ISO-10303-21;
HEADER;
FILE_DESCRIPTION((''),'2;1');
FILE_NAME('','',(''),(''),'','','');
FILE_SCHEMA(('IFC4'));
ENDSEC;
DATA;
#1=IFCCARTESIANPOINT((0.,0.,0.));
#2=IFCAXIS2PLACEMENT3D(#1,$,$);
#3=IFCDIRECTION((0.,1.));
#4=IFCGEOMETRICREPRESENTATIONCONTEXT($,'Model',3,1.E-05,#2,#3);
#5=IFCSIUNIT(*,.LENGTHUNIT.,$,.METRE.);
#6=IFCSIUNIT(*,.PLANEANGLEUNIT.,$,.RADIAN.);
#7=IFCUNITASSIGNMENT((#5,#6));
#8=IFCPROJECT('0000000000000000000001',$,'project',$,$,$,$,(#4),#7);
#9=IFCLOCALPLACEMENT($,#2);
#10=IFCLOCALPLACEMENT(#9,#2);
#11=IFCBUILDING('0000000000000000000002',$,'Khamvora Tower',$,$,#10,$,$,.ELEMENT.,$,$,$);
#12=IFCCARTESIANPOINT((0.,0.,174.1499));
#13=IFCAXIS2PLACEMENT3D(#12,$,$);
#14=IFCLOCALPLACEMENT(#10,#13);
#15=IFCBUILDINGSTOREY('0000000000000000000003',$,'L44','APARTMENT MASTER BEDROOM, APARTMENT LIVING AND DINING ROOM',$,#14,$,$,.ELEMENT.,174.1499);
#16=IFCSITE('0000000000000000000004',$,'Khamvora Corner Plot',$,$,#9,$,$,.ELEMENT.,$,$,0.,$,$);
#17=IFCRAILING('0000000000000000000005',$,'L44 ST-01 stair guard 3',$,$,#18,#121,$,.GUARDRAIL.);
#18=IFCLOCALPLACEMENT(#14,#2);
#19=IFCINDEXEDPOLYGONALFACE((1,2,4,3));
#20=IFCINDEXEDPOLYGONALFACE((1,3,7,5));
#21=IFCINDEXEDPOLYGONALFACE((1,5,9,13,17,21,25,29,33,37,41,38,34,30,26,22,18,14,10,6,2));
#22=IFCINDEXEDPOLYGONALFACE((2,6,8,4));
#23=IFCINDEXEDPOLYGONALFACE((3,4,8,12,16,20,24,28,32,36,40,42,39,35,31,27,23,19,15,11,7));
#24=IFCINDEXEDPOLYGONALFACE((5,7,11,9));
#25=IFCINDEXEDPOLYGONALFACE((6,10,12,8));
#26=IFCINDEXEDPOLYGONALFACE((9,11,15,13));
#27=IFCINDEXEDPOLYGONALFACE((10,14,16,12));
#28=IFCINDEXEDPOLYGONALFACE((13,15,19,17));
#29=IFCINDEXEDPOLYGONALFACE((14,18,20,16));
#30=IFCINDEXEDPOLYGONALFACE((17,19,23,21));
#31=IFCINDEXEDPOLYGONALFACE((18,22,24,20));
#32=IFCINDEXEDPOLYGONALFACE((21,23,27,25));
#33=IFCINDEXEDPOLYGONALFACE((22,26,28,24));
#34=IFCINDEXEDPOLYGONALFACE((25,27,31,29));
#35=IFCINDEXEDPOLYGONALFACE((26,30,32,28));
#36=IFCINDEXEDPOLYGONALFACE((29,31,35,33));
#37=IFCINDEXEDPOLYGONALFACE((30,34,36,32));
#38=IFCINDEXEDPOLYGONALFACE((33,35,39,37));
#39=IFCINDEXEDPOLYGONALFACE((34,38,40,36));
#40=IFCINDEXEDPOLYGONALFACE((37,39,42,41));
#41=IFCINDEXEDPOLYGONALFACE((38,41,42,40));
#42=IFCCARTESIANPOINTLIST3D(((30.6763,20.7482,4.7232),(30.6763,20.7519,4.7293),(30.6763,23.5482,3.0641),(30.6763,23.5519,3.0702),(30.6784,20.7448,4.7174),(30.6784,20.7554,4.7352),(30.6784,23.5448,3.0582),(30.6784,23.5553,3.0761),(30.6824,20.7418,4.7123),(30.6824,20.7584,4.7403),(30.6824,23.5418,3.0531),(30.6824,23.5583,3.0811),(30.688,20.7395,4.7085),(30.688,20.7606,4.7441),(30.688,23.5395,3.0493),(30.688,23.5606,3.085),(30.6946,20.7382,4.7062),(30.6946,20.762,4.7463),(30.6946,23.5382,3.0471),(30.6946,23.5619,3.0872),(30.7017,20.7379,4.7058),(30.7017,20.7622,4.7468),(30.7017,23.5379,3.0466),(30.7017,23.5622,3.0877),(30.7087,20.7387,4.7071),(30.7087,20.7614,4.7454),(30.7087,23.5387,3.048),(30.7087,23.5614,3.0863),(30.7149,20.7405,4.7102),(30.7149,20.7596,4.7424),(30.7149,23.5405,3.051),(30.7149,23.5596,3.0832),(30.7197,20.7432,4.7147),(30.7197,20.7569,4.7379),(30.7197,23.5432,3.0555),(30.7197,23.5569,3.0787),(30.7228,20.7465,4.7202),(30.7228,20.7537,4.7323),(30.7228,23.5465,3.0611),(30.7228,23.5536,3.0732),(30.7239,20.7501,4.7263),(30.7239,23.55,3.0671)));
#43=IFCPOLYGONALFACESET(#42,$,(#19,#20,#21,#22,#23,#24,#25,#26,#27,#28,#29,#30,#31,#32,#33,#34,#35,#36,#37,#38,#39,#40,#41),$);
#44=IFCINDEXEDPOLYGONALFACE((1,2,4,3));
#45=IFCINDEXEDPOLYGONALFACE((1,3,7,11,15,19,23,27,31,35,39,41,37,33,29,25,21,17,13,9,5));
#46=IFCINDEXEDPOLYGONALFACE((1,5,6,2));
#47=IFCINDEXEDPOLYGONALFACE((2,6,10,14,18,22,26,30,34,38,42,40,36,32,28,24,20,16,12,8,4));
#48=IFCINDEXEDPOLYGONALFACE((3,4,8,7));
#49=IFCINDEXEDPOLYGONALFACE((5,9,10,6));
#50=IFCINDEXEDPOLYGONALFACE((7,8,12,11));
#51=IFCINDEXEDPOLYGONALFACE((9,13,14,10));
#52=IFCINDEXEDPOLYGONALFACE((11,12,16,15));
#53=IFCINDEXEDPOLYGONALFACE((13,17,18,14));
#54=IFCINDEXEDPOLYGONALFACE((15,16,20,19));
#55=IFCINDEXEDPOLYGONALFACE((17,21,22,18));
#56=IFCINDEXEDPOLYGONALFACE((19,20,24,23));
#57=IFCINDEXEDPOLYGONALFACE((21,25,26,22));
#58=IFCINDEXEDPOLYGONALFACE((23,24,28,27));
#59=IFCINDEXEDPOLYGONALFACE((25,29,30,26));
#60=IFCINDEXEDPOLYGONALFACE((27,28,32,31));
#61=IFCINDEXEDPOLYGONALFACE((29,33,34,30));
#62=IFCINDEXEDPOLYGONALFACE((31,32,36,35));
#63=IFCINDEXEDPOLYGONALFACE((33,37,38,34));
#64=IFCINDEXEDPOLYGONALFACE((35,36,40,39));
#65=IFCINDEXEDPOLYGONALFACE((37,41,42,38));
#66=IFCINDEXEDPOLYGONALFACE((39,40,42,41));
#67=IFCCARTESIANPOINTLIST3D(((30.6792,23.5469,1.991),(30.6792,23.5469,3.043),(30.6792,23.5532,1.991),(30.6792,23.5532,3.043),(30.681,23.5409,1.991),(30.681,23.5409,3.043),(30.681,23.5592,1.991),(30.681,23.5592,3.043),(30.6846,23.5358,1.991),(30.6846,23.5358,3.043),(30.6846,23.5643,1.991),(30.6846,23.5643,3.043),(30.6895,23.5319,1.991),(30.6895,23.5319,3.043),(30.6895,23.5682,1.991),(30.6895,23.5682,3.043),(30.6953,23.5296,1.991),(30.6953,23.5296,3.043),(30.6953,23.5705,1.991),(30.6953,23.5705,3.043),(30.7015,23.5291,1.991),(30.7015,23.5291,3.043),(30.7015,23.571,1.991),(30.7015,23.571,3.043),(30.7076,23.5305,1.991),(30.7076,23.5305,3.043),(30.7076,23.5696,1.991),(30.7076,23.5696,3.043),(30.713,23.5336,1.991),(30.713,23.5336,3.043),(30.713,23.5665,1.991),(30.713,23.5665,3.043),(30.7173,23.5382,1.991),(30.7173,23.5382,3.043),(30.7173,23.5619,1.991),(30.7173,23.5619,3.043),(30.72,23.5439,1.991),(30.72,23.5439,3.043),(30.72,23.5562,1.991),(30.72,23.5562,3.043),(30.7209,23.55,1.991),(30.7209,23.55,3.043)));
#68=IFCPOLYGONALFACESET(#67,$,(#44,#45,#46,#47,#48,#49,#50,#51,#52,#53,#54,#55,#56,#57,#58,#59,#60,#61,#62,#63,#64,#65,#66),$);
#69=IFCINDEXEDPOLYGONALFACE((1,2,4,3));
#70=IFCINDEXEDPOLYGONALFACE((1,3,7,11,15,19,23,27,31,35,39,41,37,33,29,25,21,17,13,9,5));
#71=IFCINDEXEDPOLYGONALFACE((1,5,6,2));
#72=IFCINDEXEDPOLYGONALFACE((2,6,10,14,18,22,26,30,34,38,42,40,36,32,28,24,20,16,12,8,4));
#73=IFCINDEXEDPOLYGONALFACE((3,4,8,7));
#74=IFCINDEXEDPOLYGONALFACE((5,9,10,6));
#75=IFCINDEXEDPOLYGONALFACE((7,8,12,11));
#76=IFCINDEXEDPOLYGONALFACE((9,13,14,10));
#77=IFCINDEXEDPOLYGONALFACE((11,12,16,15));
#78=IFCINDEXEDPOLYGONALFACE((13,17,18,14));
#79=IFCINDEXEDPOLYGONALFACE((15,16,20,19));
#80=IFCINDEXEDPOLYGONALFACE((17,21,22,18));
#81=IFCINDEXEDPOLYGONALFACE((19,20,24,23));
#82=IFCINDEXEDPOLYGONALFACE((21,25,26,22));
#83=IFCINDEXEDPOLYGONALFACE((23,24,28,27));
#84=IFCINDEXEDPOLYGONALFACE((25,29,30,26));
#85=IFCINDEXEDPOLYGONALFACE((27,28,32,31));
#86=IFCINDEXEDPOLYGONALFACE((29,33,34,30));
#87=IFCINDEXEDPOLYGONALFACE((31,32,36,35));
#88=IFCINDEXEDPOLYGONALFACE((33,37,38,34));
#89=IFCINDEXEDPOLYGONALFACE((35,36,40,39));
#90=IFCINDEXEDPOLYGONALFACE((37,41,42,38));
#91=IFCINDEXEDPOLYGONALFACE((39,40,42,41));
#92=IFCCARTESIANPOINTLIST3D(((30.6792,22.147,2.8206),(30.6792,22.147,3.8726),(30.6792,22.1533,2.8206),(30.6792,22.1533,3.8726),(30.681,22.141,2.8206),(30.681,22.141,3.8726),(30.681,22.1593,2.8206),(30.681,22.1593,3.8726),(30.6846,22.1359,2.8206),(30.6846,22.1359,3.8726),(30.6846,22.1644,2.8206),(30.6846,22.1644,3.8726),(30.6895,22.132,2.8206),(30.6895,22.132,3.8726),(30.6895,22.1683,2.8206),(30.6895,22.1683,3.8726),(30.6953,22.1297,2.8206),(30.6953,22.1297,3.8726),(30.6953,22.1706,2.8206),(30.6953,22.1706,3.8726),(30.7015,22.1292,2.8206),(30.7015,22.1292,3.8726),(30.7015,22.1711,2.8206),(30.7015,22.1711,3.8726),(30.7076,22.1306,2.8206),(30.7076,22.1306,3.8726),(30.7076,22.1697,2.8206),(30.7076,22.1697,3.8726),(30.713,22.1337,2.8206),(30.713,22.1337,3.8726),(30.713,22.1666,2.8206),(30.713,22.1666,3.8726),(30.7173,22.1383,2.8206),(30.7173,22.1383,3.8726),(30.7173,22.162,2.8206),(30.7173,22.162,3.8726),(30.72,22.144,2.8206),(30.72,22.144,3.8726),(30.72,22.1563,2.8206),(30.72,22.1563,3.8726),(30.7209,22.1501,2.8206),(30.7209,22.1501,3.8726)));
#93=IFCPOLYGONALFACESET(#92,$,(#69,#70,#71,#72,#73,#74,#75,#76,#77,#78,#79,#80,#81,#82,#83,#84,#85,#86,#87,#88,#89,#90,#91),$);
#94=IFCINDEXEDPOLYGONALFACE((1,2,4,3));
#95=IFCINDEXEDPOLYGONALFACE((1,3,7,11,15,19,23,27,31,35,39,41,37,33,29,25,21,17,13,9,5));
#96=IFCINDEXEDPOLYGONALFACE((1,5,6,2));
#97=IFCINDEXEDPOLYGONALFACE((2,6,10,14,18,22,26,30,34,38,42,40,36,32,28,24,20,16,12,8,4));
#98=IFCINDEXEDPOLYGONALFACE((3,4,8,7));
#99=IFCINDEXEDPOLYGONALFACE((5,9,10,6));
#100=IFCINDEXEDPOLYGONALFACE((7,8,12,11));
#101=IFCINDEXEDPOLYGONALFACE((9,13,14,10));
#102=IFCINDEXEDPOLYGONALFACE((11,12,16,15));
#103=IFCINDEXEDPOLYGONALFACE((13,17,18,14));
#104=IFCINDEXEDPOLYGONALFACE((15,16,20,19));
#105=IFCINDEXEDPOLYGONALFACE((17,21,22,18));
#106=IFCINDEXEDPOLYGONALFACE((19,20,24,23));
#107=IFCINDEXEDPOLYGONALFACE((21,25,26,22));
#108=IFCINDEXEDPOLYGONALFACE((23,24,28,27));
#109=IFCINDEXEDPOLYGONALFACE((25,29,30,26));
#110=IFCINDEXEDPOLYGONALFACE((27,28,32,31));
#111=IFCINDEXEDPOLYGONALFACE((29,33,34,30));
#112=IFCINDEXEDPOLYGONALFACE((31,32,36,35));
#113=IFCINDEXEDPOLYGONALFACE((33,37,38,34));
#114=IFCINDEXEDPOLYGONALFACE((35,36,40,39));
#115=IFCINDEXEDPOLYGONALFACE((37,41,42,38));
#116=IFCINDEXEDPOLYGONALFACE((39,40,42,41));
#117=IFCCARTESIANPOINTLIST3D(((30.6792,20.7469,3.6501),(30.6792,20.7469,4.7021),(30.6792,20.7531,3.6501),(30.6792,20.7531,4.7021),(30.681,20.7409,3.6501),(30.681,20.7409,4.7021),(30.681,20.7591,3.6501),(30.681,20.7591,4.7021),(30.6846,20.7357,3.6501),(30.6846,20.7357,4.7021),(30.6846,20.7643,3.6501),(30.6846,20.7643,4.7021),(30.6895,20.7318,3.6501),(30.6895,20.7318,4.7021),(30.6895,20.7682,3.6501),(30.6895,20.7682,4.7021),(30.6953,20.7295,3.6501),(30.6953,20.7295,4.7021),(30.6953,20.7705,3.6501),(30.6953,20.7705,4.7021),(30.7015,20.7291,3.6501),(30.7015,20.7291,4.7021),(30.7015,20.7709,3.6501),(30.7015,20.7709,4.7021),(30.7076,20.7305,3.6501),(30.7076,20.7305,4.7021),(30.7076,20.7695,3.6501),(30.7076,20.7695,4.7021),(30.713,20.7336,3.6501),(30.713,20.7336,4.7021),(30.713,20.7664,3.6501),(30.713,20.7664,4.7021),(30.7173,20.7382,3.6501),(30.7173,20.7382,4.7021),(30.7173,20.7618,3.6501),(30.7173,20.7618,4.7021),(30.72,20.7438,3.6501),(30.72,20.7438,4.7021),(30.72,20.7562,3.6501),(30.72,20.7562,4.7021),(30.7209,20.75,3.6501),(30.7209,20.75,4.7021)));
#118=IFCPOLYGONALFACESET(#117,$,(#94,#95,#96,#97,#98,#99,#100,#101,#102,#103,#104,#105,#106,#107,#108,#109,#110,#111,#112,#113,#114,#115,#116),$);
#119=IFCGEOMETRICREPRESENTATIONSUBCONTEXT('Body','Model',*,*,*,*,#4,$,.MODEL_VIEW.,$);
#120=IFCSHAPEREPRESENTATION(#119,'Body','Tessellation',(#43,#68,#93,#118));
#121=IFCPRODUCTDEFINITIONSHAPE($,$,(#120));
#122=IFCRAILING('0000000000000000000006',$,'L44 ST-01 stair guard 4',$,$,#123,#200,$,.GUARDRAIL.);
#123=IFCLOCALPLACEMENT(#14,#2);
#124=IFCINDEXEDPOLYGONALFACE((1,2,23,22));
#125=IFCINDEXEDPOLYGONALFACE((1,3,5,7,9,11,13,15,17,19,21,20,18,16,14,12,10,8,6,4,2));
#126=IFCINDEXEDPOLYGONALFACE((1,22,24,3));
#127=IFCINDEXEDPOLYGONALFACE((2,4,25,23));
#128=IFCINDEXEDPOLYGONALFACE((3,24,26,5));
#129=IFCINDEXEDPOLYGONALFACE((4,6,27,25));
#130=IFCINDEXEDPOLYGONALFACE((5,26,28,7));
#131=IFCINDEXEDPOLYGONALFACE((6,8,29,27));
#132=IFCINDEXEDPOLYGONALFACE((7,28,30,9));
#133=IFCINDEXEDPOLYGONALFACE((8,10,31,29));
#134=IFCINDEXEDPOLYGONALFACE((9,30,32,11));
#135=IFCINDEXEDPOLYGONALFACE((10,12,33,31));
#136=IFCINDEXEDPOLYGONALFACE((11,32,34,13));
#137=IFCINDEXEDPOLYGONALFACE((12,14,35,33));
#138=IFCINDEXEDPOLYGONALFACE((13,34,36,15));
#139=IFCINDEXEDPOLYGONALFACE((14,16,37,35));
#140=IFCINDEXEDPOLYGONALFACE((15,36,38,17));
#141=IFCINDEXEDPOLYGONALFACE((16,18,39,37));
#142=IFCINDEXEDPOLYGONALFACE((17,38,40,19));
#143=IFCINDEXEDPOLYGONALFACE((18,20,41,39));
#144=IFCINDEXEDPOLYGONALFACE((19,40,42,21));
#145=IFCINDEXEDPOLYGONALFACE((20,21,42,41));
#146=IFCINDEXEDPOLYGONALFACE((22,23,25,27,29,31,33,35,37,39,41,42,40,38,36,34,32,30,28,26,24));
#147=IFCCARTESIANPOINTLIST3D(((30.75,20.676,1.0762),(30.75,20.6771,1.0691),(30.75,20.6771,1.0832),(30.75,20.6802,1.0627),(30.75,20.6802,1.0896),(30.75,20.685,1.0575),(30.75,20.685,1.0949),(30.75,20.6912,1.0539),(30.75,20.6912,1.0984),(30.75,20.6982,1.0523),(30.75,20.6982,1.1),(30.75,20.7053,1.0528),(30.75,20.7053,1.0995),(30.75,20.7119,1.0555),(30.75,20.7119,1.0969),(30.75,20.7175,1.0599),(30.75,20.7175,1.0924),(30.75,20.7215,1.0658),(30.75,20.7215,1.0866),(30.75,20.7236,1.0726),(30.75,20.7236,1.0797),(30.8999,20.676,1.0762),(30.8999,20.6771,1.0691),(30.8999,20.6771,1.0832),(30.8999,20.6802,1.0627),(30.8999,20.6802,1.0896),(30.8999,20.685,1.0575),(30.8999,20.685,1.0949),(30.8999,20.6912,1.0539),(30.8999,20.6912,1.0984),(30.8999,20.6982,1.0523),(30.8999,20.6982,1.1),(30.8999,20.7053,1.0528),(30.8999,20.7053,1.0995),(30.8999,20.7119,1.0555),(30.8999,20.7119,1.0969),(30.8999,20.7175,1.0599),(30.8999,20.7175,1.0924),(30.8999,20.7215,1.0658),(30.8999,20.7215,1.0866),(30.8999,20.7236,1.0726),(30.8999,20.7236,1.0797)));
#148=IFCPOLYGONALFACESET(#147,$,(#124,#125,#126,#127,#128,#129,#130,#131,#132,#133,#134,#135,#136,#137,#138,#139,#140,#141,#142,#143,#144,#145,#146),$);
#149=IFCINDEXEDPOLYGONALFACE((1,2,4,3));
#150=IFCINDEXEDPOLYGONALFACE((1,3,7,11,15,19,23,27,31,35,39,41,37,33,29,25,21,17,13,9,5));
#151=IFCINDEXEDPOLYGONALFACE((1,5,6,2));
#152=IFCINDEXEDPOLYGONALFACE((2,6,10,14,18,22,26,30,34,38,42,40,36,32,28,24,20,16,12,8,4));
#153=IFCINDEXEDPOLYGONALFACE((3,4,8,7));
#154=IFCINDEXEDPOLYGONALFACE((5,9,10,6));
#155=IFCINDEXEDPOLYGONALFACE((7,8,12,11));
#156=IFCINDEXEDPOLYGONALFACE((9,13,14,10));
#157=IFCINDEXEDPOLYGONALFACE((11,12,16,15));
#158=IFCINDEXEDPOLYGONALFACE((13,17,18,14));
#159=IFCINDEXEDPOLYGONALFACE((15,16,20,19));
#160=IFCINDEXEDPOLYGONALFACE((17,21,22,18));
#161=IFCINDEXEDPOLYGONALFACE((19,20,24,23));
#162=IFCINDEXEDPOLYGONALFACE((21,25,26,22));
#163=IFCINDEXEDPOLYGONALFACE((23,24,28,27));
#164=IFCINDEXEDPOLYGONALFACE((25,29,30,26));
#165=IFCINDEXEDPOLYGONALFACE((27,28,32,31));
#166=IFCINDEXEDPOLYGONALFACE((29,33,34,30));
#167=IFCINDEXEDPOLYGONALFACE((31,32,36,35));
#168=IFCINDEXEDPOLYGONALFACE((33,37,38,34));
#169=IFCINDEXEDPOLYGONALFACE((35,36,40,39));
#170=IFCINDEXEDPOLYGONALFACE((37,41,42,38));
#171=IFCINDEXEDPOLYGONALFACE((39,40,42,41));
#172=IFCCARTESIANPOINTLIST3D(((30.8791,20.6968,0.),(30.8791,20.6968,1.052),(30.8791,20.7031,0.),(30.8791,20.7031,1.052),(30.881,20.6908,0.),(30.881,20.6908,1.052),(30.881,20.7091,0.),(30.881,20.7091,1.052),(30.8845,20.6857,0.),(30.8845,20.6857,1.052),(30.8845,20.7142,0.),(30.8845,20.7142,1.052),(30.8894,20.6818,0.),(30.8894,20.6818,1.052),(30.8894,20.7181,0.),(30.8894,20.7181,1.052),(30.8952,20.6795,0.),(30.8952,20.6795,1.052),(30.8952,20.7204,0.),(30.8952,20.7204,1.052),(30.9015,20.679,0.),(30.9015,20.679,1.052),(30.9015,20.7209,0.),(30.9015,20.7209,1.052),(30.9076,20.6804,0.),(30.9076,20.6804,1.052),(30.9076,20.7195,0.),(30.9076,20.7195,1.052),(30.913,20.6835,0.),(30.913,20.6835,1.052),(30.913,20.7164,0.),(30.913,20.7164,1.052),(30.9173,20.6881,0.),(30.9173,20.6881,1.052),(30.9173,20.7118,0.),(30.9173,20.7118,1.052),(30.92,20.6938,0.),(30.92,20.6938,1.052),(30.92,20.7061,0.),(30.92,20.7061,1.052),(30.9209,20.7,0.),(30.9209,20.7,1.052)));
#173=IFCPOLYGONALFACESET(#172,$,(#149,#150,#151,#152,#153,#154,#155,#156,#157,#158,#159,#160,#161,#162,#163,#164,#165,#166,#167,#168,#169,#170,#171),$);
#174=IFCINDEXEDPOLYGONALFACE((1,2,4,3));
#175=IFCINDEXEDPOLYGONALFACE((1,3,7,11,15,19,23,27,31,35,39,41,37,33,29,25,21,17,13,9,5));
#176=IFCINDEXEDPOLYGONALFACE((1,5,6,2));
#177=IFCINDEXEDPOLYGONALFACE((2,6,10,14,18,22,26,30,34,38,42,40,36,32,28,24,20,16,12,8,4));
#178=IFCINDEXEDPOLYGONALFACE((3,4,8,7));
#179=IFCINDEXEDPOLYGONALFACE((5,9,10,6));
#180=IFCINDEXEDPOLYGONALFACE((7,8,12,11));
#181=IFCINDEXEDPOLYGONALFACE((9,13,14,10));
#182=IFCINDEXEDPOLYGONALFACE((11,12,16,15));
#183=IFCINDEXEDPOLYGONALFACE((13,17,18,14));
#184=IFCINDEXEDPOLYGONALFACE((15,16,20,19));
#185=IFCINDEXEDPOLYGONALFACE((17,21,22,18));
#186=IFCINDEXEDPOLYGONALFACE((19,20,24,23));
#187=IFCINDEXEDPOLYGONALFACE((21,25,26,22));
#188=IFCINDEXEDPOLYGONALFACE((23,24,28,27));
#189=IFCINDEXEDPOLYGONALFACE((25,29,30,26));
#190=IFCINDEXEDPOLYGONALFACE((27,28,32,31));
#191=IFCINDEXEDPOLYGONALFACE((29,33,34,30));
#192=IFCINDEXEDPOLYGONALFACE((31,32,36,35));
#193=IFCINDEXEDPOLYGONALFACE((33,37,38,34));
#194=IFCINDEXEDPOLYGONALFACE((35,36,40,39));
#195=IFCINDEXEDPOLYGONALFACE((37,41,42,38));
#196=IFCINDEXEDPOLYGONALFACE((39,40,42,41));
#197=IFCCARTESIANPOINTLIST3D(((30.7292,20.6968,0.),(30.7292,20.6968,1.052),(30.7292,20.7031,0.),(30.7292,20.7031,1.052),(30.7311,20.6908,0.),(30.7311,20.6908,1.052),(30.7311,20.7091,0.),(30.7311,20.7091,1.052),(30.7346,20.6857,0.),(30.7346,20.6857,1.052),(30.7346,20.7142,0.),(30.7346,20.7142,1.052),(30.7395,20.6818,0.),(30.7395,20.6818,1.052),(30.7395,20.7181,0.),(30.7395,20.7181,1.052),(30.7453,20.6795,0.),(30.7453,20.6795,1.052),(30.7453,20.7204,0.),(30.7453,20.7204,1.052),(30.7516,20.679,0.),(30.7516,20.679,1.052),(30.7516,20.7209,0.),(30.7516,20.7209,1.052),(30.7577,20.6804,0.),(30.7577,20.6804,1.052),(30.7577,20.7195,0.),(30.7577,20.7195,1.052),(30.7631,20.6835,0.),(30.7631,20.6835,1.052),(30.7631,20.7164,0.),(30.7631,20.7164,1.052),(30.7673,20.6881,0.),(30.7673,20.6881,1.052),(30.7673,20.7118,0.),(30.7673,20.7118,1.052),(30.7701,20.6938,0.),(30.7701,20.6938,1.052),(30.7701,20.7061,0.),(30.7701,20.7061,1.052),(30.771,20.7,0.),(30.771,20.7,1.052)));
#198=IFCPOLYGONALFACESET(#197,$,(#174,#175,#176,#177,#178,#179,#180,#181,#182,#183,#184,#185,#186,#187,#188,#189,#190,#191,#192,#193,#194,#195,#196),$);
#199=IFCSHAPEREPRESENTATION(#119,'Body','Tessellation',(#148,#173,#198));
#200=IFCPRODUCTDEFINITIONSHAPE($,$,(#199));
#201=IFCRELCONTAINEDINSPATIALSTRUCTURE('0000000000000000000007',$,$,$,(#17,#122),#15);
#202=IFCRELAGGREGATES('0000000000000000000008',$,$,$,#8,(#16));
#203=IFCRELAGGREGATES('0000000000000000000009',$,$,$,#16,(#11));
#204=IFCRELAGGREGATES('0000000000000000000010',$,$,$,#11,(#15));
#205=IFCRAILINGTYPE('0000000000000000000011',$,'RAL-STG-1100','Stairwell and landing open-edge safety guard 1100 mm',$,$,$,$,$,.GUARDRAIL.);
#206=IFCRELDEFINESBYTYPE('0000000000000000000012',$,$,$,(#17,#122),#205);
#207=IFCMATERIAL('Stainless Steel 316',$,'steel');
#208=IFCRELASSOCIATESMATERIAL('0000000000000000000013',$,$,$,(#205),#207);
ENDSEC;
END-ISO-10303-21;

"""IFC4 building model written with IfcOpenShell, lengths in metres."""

from ifc_helpers import new_model, si_unit, direction, frame, origin, origin_2d, place, context, subcontext, project, spatial, circle, extrude, material, type_object, element, save


model = new_model("IFC4")

# Units and contexts
model_context = context("Model", 3, precision=1e-05, world=origin(), true_north=direction((0.0, 1.0)))
body_context = subcontext(model_context, "Body", "Model", "MODEL_VIEW")
ifc_project = project(units=[si_unit("LENGTHUNIT", "METRE"), si_unit("PLANEANGLEUNIT", "RADIAN")], contexts=[model_context])

# Site, building, storey
site_placement = place(None, origin())
site = spatial("IfcSite", under=ifc_project, at=site_placement, Name="Khamvora Corner Plot", CompositionType="ELEMENT", RefElevation=0.0)
building_placement = place(site_placement, origin())
building = spatial("IfcBuilding", under=site, at=building_placement, Name="Khamvora Tower", CompositionType="ELEMENT")
storey_placement = place(building_placement, frame((0.0, 0.0, 174.1499)))
storey = spatial("IfcBuildingStorey", under=building, at=storey_placement, Name="L44", Description="APARTMENT MASTER BEDROOM, APARTMENT LIVING AND DINING ROOM", CompositionType="ELEMENT", Elevation=174.1499)

# Railings
ifc_material_1 = material(Name="Stainless Steel 316", Category="steel")
railing_type_1 = type_object("IfcRailingType", Name="RAL-STG-1100", Description="Stairwell and landing open-edge safety guard 1100 mm", PredefinedType="GUARDRAIL", material=ifc_material_1)
railing_1_placement = place(storey_placement, frame((30.7, 23.55, 1.991)))
element("IfcRailing", 1, at=railing_1_placement, inside=storey, type_object=railing_type_1, Name="L44 ST-01 stair guard 3", PredefinedType="GUARDRAIL", context=body_context, shape_type="SweptSolid", body=[
    extrude(circle(Radius=0.0239, at=origin_2d()), frame((0.0, 0.0, 1.0762), z_axis=(0.0, -0.860306, 0.509778), x_axis=(1.0, 0.0, 0.0)), (0.0, 0.0, 1.0), 3.2546),
    extrude(circle(Radius=0.021, at=origin_2d()), origin(), (0.0, 0.0, 1.0), 1.052),
    extrude(circle(Radius=0.021, at=origin_2d()), frame((0.0, -1.3999, 0.8296)), (0.0, 0.0, 1.0), 1.052),
    extrude(circle(Radius=0.021, at=origin_2d()), frame((0.0, -2.8, 1.6592)), (0.0, 0.0, 1.0), 1.052),
])
railing_2_placement = place(storey_placement, frame((30.8999, 20.7, 0.0)))
element("IfcRailing", 2, at=railing_2_placement, inside=storey, type_object=railing_type_1, Name="L44 ST-01 stair guard 4", PredefinedType="GUARDRAIL", context=body_context, shape_type="SweptSolid", body=[
    extrude(circle(Radius=0.0239, at=origin_2d()), frame((0.0, 0.0, 1.0762), z_axis=(-1.0, 0.0, 0.0), x_axis=(0.0, -1.0, 0.0)), (0.0, 0.0, 1.0), 0.1499),
    extrude(circle(Radius=0.021, at=origin_2d()), origin(), (0.0, 0.0, 1.0), 1.052),
    extrude(circle(Radius=0.021, at=origin_2d()), frame((-0.1499, 0.0, 0.0)), (0.0, 0.0, 1.0), 1.052),
])

save(model, "model.ifc")
